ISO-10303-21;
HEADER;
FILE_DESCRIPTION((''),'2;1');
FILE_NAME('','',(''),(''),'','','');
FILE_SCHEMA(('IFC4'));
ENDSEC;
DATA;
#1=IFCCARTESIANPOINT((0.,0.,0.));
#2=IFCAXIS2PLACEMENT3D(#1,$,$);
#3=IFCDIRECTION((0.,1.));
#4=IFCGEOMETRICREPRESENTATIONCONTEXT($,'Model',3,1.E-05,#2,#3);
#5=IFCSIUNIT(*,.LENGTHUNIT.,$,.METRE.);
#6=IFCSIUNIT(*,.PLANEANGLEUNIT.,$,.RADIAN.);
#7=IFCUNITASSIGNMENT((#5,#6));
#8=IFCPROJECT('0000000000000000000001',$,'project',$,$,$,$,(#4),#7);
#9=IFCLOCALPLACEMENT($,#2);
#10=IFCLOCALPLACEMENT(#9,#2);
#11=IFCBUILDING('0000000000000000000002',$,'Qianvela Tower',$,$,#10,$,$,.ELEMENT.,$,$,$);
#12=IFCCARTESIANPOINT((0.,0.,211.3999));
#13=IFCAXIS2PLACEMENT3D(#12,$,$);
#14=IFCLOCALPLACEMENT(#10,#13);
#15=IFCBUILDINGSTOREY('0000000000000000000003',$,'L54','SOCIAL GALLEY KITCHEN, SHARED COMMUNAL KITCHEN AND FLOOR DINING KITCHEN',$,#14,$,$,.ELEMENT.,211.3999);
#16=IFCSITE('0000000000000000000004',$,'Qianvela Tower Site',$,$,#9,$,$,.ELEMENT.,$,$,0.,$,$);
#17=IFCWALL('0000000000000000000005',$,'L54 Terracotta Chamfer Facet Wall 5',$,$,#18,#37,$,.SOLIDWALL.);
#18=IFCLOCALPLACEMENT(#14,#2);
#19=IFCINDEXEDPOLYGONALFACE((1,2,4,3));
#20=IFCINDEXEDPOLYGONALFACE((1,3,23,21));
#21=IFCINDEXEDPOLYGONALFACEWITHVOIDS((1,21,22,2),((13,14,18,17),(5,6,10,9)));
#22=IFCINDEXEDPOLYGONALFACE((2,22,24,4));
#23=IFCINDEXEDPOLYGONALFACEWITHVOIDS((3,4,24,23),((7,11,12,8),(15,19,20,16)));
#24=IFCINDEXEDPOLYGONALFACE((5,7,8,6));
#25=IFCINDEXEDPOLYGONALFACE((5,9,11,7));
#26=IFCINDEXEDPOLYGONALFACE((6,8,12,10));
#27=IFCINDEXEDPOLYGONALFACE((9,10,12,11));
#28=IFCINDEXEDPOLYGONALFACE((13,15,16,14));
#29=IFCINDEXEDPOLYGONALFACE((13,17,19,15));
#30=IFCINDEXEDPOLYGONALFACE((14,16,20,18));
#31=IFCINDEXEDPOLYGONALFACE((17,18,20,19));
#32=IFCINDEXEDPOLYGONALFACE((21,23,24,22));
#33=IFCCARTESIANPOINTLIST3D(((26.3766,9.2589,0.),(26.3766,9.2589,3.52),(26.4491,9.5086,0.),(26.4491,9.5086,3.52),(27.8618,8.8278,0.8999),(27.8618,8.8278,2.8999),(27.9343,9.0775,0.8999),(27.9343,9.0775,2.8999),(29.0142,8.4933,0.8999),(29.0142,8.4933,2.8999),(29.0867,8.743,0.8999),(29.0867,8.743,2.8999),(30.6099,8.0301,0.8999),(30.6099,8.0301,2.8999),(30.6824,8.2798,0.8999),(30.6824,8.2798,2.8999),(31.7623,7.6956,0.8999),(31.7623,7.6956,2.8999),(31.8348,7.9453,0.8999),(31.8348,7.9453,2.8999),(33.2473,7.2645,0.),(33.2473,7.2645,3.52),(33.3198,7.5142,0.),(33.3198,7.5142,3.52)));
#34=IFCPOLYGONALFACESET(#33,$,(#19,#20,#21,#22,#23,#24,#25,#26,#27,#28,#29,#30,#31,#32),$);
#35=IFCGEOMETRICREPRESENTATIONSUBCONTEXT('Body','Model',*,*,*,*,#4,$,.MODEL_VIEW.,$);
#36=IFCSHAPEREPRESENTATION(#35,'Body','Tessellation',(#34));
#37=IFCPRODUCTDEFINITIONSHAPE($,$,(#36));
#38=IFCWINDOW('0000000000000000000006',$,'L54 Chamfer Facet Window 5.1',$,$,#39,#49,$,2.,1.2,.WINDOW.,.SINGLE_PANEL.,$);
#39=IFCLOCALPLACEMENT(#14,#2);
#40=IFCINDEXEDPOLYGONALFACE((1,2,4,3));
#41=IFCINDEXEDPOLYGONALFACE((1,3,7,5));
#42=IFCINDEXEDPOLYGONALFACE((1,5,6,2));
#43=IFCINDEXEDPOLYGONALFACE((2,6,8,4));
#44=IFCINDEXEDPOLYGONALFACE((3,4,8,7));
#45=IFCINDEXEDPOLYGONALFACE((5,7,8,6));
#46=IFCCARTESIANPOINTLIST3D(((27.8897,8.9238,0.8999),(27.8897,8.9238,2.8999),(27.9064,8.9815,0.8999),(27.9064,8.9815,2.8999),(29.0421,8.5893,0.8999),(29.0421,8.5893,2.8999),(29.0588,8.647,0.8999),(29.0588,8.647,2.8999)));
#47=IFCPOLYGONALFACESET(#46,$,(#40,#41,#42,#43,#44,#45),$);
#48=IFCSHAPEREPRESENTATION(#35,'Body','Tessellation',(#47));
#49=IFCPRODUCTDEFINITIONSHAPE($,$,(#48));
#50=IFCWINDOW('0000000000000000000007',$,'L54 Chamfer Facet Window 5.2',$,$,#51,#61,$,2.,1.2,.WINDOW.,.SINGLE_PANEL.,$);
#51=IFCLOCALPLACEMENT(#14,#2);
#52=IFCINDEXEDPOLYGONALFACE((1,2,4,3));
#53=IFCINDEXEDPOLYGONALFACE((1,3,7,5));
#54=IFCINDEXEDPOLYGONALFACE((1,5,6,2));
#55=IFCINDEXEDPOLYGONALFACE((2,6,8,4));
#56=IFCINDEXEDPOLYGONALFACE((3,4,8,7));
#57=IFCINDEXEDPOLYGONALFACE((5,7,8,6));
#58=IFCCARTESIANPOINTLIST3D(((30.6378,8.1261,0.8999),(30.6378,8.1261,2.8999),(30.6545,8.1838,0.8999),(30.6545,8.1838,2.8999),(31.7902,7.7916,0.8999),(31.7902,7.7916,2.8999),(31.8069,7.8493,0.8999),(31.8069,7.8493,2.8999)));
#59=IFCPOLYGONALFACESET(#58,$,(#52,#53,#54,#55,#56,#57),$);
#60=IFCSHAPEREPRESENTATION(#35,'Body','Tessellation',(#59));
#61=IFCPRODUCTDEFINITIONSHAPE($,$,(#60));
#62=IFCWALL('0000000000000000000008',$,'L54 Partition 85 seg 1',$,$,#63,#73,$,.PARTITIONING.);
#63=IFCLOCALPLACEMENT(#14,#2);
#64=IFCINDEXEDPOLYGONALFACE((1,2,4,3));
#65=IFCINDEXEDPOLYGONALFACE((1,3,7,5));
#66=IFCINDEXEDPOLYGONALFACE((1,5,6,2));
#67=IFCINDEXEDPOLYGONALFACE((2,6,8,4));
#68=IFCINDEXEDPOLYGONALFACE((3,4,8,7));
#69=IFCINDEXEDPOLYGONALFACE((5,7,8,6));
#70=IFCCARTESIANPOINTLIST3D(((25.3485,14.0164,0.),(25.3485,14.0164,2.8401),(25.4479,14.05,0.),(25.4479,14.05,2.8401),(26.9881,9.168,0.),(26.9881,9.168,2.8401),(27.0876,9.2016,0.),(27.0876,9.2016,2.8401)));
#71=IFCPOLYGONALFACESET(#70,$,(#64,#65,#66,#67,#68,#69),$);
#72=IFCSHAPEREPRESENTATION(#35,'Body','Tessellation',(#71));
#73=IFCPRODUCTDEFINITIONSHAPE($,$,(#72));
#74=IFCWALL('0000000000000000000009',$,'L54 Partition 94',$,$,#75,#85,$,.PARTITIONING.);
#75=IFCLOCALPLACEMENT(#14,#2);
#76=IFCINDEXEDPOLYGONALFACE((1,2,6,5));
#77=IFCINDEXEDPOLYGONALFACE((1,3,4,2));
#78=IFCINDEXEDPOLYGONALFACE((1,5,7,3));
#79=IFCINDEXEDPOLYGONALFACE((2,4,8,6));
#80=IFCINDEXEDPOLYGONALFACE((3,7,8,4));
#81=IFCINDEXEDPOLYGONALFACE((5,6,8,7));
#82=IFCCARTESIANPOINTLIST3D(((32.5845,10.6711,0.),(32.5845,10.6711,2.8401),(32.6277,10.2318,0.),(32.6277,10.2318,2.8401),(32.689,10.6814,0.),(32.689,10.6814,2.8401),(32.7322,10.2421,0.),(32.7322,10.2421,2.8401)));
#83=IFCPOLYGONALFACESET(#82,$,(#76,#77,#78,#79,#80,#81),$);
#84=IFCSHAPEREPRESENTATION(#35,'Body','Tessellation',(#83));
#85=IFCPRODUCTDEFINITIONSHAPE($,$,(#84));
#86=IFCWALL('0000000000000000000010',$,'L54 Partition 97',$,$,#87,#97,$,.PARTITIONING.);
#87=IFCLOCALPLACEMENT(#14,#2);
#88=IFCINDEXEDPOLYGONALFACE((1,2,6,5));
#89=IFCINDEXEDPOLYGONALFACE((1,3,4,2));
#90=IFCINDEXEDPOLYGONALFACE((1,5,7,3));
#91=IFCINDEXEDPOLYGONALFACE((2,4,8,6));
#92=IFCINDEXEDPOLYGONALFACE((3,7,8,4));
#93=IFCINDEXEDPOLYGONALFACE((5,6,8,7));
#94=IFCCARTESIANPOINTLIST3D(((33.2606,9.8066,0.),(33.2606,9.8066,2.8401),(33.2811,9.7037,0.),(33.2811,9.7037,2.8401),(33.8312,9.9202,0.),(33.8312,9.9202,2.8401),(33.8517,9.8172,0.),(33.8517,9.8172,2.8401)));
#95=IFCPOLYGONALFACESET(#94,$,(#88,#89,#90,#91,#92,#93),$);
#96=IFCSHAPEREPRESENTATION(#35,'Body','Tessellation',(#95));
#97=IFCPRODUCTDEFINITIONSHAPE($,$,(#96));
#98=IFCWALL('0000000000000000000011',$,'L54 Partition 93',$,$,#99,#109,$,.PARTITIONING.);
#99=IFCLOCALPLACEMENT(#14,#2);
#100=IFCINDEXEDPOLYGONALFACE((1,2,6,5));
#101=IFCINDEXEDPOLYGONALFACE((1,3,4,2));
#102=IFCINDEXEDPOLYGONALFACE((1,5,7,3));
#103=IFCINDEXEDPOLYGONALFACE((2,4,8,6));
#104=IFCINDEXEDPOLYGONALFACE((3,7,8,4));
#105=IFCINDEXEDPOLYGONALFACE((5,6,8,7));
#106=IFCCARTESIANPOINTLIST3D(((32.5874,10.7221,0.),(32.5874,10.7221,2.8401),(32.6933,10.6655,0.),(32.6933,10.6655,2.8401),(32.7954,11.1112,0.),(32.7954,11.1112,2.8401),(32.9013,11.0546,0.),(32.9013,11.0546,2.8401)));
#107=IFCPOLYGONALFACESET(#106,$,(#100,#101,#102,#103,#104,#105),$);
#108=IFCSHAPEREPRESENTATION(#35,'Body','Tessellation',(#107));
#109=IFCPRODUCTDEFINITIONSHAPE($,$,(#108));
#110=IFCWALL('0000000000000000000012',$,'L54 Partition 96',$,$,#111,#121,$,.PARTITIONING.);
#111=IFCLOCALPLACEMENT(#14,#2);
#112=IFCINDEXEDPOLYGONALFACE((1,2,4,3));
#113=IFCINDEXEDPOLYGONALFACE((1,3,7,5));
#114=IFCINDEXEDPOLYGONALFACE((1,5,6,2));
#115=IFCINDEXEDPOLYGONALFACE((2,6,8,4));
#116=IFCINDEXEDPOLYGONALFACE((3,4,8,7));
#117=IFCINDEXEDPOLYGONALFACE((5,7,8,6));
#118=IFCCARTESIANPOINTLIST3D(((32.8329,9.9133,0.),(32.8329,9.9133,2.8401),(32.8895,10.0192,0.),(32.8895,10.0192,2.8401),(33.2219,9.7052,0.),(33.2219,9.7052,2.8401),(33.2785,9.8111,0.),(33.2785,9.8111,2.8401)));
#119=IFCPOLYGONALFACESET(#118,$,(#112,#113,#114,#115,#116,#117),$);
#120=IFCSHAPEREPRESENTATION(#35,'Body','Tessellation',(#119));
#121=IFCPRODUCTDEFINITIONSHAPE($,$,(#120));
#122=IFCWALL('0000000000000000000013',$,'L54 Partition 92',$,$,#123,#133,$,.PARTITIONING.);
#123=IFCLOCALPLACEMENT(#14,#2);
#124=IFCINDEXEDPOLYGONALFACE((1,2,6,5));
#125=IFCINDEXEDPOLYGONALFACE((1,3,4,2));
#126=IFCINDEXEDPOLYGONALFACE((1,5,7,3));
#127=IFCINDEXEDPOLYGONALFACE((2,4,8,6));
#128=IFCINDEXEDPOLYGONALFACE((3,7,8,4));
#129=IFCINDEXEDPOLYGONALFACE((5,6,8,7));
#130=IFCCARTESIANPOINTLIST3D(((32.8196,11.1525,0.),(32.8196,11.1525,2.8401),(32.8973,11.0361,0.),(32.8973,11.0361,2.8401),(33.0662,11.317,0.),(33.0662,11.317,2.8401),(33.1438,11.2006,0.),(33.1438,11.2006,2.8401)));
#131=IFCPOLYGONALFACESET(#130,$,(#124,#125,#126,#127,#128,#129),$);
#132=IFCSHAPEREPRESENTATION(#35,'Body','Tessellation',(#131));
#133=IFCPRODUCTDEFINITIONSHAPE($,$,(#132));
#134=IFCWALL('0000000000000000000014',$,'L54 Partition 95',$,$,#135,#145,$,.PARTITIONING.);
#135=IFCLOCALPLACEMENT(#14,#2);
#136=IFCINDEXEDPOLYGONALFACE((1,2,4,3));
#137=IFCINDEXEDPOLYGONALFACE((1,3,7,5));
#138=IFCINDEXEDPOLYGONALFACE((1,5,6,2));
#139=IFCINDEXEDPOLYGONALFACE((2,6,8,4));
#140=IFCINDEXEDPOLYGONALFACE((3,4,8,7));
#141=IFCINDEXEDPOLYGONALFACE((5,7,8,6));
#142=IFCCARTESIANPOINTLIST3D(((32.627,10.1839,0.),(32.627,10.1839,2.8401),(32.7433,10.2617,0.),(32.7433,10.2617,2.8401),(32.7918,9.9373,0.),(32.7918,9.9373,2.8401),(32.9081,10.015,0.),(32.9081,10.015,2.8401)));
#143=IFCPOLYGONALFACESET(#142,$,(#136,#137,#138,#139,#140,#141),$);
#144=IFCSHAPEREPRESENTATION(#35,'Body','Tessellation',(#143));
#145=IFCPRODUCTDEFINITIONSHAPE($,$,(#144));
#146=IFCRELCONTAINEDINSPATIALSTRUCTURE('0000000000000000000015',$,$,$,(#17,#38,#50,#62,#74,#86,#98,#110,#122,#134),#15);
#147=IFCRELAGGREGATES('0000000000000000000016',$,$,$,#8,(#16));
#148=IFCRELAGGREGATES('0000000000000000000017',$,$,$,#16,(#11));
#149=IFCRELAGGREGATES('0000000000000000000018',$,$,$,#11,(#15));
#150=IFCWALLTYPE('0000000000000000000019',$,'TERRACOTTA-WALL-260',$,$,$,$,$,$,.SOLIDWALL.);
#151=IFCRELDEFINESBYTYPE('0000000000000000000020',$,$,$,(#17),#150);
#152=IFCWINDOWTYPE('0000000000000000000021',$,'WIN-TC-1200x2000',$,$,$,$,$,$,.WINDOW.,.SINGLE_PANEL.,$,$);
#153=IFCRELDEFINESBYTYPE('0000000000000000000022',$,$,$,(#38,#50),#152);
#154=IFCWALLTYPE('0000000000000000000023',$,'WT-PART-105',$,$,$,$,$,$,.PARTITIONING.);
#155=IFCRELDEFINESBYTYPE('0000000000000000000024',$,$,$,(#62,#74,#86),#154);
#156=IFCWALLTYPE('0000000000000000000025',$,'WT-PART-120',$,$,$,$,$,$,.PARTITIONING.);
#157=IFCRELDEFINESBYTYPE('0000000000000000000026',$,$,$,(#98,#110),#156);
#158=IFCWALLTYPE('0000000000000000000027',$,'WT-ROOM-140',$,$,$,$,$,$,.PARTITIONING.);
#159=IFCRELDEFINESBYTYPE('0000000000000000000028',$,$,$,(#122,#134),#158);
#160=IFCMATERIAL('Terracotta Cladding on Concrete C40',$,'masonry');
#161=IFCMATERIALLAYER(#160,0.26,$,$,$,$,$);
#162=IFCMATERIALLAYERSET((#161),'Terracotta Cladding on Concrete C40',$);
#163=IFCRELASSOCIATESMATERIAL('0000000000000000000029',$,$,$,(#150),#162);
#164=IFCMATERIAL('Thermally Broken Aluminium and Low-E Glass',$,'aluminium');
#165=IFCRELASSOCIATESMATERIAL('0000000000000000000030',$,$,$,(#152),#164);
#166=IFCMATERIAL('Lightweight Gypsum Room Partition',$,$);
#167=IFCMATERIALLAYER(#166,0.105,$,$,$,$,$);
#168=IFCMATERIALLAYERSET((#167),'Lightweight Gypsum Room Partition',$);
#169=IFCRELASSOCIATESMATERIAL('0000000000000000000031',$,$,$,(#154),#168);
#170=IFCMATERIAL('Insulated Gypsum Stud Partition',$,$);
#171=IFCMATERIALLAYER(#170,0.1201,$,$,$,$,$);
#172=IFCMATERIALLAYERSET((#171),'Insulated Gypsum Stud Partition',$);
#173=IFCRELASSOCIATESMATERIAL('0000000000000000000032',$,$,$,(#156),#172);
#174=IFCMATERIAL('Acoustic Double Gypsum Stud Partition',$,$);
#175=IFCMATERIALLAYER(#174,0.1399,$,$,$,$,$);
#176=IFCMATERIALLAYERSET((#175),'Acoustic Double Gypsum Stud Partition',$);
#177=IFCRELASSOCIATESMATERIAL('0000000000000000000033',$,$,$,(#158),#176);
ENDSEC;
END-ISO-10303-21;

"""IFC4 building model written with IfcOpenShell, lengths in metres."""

from ifc_helpers import new_model, si_unit, direction, frame, frame_2d, origin, place, context, subcontext, project, spatial, rectangle, extrude, material, layer, layer_set, type_object, element, fill, save


model = new_model("IFC4")

# Units and contexts
model_context = context("Model", 3, precision=1e-05, world=origin(), true_north=direction((0.0, 1.0)))
body_context = subcontext(model_context, "Body", "Model", "MODEL_VIEW")
ifc_project = project(units=[si_unit("LENGTHUNIT", "METRE"), si_unit("PLANEANGLEUNIT", "RADIAN")], contexts=[model_context])

# Site, building, storey
site_placement = place(None, origin())
site = spatial("IfcSite", under=ifc_project, at=site_placement, Name="Qianvela Tower Site", CompositionType="ELEMENT", RefElevation=0.0)
building_placement = place(site_placement, origin())
building = spatial("IfcBuilding", under=site, at=building_placement, Name="Qianvela Tower", CompositionType="ELEMENT")
storey_placement = place(building_placement, frame((0.0, 0.0, 211.3999)))
storey = spatial("IfcBuildingStorey", under=building, at=storey_placement, Name="L54", Description="SOCIAL GALLEY KITCHEN, SHARED COMMUNAL KITCHEN AND FLOOR DINING KITCHEN", CompositionType="ELEMENT", Elevation=211.3999)

# Wall, openings, windows
ifc_material_1 = material(Name="Terracotta Cladding on Concrete C40", Category="masonry")
ifc_layer_1 = layer(ifc_material_1, 0.26)
ifc_layer_set_1 = layer_set([ifc_layer_1], Name="Terracotta Cladding on Concrete C40")
wall_type_1 = type_object("IfcWallType", Name="TERRACOTTA-WALL-260", PredefinedType="SOLIDWALL", material=ifc_layer_set_1)
wall_1_placement = place(storey_placement, frame((26.4128, 9.3838, 0.0), z_axis=(0.0, 0.0, 1.0), x_axis=(0.960358, -0.278771, 0.0)))
wall_1 = element("IfcWall", 1, at=wall_1_placement, inside=storey, type_object=wall_type_1, Name="L54 Terracotta Chamfer Facet Wall 5", PredefinedType="SOLIDWALL", context=body_context, shape_type="SweptSolid", body=[
    extrude(rectangle(XDim=7.1543, YDim=0.26, at=frame_2d((3.5771, 0.0))), origin(), (0.0, 0.0, 1.0), 3.52),
])
opening_1_placement = place(wall_1_placement, frame((1.5464, 0.0, 0.8999)))
opening_1 = element("IfcOpeningElement", 2, at=opening_1_placement, cuts=wall_1, PredefinedType="OPENING", context=body_context, shape_type="SweptSolid", body=[
    extrude(rectangle(XDim=1.2, YDim=2.0, at=frame_2d((0.6001, 1.0))), frame((0.0, 0.1399, 0.0), z_axis=(0.0, -1.0, 0.0), x_axis=(1.0, 0.0, 0.0)), (0.0, 0.0, 1.0), 0.28),
])
opening_2_placement = place(wall_1_placement, frame((4.408, 0.0, 0.8999)))
opening_2 = element("IfcOpeningElement", 3, at=opening_2_placement, cuts=wall_1, PredefinedType="OPENING", context=body_context, shape_type="SweptSolid", body=[
    extrude(rectangle(XDim=1.2, YDim=2.0, at=frame_2d((0.6001, 1.0))), frame((0.0, 0.1399, 0.0), z_axis=(0.0, -1.0, 0.0), x_axis=(1.0, 0.0, 0.0)), (0.0, 0.0, 1.0), 0.28),
])
ifc_material_2 = material(Name="Thermally Broken Aluminium and Low-E Glass", Category="aluminium")
window_type = type_object("IfcWindowType", Name="WIN-TC-1200x2000", PartitioningType="SINGLE_PANEL", PredefinedType="WINDOW", material=ifc_material_2)
window_1_placement = place(opening_1_placement, origin())
window_1 = element("IfcWindow", 4, at=window_1_placement, inside=storey, type_object=window_type, Name="L54 Chamfer Facet Window 5.1", OverallHeight=2.0, OverallWidth=1.2, PartitioningType="SINGLE_PANEL", PredefinedType="WINDOW", context=body_context, shape_type="SweptSolid", body=[
    extrude(rectangle(XDim=1.2, YDim=2.0, at=frame_2d((0.6001, 1.0))), frame((0.0, 0.03, 0.0), z_axis=(0.0, -1.0, 0.0), x_axis=(1.0, 0.0, 0.0)), (0.0, 0.0, 1.0), 0.0601),
])
fill(opening_1, window_1)
window_2_placement = place(opening_2_placement, origin())
window_2 = element("IfcWindow", 5, at=window_2_placement, inside=storey, type_object=window_type, Name="L54 Chamfer Facet Window 5.2", OverallHeight=2.0, OverallWidth=1.2, PartitioningType="SINGLE_PANEL", PredefinedType="WINDOW", context=body_context, shape_type="SweptSolid", body=[
    extrude(rectangle(XDim=1.2, YDim=2.0, at=frame_2d((0.6001, 1.0))), frame((0.0, 0.03, 0.0), z_axis=(0.0, -1.0, 0.0), x_axis=(1.0, 0.0, 0.0)), (0.0, 0.0, 1.0), 0.0601),
])
fill(opening_2, window_2)

# Walls
ifc_material_3 = material(Name="Lightweight Gypsum Room Partition")
ifc_layer_2 = layer(ifc_material_3, 0.105)
ifc_layer_set_2 = layer_set([ifc_layer_2], Name="Lightweight Gypsum Room Partition")
wall_type_2 = type_object("IfcWallType", Name="WT-PART-105", PredefinedType="PARTITIONING", material=ifc_layer_set_2)
wall_2_placement = place(storey_placement, frame((27.0378, 9.1848, 0.0), z_axis=(0.0, 0.0, 1.0), x_axis=(-0.32036, 0.947296, 0.0)))
element("IfcWall", 6, at=wall_2_placement, inside=storey, type_object=wall_type_2, Name="L54 Partition 85 seg 1", PredefinedType="PARTITIONING", context=body_context, shape_type="SweptSolid", body=[
    extrude(rectangle(XDim=5.1182, YDim=0.105, at=frame_2d((2.5591, 0.0))), origin(), (0.0, 0.0, 1.0), 2.8401),
])
wall_3_placement = place(storey_placement, frame((32.6367, 10.6763, 0.0), z_axis=(0.0, 0.0, 1.0), x_axis=(0.097915, -0.995195, 0.0)))
element("IfcWall", 7, at=wall_3_placement, inside=storey, type_object=wall_type_2, Name="L54 Partition 94", PredefinedType="PARTITIONING", context=body_context, shape_type="SweptSolid", body=[
    extrude(rectangle(XDim=0.4414, YDim=0.105, at=frame_2d((0.2207, 0.0))), origin(), (0.0, 0.0, 1.0), 2.8401),
])
wall_4_placement = place(storey_placement, frame((33.2708, 9.7551, 0.0), z_axis=(0.0, 0.0, 1.0), x_axis=(0.980774, 0.195148, 0.0)))
element("IfcWall", 8, at=wall_4_placement, inside=storey, type_object=wall_type_2, Name="L54 Partition 97", PredefinedType="PARTITIONING", context=body_context, shape_type="SweptSolid", body=[
    extrude(rectangle(XDim=0.5818, YDim=0.105, at=frame_2d((0.291, 0.0))), origin(), (0.0, 0.0, 1.0), 2.8401),
])
ifc_material_4 = material(Name="Insulated Gypsum Stud Partition")
ifc_layer_3 = layer(ifc_material_4, 0.1201)
ifc_layer_set_3 = layer_set([ifc_layer_3], Name="Insulated Gypsum Stud Partition")
wall_type_3 = type_object("IfcWallType", Name="WT-PART-120", PredefinedType="PARTITIONING", material=ifc_layer_set_3)
for number, where, z_axis, x_axis, name in (
    (9, (32.8484, 11.083, 0.0), (0.0, 0.0, 1.0), (-0.471392, -0.881924, 0.0), "L54 Partition 93"),
    (10, (32.8611, 9.9663, 0.0), (0.0, 0.0, 1.0), (0.881801, -0.471622, 0.0), "L54 Partition 96"),
):
    element("IfcWall", number, at=place(storey_placement, frame(where, z_axis=z_axis, x_axis=x_axis)), inside=storey, type_object=wall_type_3, Name=name, PredefinedType="PARTITIONING", context=body_context, shape_type="SweptSolid", body=[
        extrude(rectangle(XDim=0.4412, YDim=0.1201, at=frame_2d((0.2207, 0.0))), origin(), (0.0, 0.0, 1.0), 2.8401),
    ])
ifc_material_5 = material(Name="Acoustic Double Gypsum Stud Partition")
ifc_layer_4 = layer(ifc_material_5, 0.1399)
ifc_layer_set_4 = layer_set([ifc_layer_4], Name="Acoustic Double Gypsum Stud Partition")
wall_type_4 = type_object("IfcWallType", Name="WT-ROOM-140", PredefinedType="PARTITIONING", material=ifc_layer_set_4)
wall_5_placement = place(storey_placement, frame((33.105, 11.2588, 0.0), z_axis=(0.0, 0.0, 1.0), x_axis=(-0.831797, -0.55508, 0.0)))
element("IfcWall", 11, at=wall_5_placement, inside=storey, type_object=wall_type_4, Name="L54 Partition 92", PredefinedType="PARTITIONING", context=body_context, shape_type="SweptSolid", body=[
    extrude(rectangle(XDim=0.2964, YDim=0.1399, at=frame_2d((0.1482, 0.0))), origin(), (0.0, 0.0, 1.0), 2.8401),
])
wall_6_placement = place(storey_placement, frame((32.6851, 10.2229, 0.0), z_axis=(0.0, 0.0, 1.0), x_axis=(0.55565, -0.831417, 0.0)))
element("IfcWall", 12, at=wall_6_placement, inside=storey, type_object=wall_type_4, Name="L54 Partition 95", PredefinedType="PARTITIONING", context=body_context, shape_type="SweptSolid", body=[
    extrude(rectangle(XDim=0.2966, YDim=0.1399, at=frame_2d((0.1484, 0.0))), origin(), (0.0, 0.0, 1.0), 2.8401),
])

save(model, "model.ifc")
